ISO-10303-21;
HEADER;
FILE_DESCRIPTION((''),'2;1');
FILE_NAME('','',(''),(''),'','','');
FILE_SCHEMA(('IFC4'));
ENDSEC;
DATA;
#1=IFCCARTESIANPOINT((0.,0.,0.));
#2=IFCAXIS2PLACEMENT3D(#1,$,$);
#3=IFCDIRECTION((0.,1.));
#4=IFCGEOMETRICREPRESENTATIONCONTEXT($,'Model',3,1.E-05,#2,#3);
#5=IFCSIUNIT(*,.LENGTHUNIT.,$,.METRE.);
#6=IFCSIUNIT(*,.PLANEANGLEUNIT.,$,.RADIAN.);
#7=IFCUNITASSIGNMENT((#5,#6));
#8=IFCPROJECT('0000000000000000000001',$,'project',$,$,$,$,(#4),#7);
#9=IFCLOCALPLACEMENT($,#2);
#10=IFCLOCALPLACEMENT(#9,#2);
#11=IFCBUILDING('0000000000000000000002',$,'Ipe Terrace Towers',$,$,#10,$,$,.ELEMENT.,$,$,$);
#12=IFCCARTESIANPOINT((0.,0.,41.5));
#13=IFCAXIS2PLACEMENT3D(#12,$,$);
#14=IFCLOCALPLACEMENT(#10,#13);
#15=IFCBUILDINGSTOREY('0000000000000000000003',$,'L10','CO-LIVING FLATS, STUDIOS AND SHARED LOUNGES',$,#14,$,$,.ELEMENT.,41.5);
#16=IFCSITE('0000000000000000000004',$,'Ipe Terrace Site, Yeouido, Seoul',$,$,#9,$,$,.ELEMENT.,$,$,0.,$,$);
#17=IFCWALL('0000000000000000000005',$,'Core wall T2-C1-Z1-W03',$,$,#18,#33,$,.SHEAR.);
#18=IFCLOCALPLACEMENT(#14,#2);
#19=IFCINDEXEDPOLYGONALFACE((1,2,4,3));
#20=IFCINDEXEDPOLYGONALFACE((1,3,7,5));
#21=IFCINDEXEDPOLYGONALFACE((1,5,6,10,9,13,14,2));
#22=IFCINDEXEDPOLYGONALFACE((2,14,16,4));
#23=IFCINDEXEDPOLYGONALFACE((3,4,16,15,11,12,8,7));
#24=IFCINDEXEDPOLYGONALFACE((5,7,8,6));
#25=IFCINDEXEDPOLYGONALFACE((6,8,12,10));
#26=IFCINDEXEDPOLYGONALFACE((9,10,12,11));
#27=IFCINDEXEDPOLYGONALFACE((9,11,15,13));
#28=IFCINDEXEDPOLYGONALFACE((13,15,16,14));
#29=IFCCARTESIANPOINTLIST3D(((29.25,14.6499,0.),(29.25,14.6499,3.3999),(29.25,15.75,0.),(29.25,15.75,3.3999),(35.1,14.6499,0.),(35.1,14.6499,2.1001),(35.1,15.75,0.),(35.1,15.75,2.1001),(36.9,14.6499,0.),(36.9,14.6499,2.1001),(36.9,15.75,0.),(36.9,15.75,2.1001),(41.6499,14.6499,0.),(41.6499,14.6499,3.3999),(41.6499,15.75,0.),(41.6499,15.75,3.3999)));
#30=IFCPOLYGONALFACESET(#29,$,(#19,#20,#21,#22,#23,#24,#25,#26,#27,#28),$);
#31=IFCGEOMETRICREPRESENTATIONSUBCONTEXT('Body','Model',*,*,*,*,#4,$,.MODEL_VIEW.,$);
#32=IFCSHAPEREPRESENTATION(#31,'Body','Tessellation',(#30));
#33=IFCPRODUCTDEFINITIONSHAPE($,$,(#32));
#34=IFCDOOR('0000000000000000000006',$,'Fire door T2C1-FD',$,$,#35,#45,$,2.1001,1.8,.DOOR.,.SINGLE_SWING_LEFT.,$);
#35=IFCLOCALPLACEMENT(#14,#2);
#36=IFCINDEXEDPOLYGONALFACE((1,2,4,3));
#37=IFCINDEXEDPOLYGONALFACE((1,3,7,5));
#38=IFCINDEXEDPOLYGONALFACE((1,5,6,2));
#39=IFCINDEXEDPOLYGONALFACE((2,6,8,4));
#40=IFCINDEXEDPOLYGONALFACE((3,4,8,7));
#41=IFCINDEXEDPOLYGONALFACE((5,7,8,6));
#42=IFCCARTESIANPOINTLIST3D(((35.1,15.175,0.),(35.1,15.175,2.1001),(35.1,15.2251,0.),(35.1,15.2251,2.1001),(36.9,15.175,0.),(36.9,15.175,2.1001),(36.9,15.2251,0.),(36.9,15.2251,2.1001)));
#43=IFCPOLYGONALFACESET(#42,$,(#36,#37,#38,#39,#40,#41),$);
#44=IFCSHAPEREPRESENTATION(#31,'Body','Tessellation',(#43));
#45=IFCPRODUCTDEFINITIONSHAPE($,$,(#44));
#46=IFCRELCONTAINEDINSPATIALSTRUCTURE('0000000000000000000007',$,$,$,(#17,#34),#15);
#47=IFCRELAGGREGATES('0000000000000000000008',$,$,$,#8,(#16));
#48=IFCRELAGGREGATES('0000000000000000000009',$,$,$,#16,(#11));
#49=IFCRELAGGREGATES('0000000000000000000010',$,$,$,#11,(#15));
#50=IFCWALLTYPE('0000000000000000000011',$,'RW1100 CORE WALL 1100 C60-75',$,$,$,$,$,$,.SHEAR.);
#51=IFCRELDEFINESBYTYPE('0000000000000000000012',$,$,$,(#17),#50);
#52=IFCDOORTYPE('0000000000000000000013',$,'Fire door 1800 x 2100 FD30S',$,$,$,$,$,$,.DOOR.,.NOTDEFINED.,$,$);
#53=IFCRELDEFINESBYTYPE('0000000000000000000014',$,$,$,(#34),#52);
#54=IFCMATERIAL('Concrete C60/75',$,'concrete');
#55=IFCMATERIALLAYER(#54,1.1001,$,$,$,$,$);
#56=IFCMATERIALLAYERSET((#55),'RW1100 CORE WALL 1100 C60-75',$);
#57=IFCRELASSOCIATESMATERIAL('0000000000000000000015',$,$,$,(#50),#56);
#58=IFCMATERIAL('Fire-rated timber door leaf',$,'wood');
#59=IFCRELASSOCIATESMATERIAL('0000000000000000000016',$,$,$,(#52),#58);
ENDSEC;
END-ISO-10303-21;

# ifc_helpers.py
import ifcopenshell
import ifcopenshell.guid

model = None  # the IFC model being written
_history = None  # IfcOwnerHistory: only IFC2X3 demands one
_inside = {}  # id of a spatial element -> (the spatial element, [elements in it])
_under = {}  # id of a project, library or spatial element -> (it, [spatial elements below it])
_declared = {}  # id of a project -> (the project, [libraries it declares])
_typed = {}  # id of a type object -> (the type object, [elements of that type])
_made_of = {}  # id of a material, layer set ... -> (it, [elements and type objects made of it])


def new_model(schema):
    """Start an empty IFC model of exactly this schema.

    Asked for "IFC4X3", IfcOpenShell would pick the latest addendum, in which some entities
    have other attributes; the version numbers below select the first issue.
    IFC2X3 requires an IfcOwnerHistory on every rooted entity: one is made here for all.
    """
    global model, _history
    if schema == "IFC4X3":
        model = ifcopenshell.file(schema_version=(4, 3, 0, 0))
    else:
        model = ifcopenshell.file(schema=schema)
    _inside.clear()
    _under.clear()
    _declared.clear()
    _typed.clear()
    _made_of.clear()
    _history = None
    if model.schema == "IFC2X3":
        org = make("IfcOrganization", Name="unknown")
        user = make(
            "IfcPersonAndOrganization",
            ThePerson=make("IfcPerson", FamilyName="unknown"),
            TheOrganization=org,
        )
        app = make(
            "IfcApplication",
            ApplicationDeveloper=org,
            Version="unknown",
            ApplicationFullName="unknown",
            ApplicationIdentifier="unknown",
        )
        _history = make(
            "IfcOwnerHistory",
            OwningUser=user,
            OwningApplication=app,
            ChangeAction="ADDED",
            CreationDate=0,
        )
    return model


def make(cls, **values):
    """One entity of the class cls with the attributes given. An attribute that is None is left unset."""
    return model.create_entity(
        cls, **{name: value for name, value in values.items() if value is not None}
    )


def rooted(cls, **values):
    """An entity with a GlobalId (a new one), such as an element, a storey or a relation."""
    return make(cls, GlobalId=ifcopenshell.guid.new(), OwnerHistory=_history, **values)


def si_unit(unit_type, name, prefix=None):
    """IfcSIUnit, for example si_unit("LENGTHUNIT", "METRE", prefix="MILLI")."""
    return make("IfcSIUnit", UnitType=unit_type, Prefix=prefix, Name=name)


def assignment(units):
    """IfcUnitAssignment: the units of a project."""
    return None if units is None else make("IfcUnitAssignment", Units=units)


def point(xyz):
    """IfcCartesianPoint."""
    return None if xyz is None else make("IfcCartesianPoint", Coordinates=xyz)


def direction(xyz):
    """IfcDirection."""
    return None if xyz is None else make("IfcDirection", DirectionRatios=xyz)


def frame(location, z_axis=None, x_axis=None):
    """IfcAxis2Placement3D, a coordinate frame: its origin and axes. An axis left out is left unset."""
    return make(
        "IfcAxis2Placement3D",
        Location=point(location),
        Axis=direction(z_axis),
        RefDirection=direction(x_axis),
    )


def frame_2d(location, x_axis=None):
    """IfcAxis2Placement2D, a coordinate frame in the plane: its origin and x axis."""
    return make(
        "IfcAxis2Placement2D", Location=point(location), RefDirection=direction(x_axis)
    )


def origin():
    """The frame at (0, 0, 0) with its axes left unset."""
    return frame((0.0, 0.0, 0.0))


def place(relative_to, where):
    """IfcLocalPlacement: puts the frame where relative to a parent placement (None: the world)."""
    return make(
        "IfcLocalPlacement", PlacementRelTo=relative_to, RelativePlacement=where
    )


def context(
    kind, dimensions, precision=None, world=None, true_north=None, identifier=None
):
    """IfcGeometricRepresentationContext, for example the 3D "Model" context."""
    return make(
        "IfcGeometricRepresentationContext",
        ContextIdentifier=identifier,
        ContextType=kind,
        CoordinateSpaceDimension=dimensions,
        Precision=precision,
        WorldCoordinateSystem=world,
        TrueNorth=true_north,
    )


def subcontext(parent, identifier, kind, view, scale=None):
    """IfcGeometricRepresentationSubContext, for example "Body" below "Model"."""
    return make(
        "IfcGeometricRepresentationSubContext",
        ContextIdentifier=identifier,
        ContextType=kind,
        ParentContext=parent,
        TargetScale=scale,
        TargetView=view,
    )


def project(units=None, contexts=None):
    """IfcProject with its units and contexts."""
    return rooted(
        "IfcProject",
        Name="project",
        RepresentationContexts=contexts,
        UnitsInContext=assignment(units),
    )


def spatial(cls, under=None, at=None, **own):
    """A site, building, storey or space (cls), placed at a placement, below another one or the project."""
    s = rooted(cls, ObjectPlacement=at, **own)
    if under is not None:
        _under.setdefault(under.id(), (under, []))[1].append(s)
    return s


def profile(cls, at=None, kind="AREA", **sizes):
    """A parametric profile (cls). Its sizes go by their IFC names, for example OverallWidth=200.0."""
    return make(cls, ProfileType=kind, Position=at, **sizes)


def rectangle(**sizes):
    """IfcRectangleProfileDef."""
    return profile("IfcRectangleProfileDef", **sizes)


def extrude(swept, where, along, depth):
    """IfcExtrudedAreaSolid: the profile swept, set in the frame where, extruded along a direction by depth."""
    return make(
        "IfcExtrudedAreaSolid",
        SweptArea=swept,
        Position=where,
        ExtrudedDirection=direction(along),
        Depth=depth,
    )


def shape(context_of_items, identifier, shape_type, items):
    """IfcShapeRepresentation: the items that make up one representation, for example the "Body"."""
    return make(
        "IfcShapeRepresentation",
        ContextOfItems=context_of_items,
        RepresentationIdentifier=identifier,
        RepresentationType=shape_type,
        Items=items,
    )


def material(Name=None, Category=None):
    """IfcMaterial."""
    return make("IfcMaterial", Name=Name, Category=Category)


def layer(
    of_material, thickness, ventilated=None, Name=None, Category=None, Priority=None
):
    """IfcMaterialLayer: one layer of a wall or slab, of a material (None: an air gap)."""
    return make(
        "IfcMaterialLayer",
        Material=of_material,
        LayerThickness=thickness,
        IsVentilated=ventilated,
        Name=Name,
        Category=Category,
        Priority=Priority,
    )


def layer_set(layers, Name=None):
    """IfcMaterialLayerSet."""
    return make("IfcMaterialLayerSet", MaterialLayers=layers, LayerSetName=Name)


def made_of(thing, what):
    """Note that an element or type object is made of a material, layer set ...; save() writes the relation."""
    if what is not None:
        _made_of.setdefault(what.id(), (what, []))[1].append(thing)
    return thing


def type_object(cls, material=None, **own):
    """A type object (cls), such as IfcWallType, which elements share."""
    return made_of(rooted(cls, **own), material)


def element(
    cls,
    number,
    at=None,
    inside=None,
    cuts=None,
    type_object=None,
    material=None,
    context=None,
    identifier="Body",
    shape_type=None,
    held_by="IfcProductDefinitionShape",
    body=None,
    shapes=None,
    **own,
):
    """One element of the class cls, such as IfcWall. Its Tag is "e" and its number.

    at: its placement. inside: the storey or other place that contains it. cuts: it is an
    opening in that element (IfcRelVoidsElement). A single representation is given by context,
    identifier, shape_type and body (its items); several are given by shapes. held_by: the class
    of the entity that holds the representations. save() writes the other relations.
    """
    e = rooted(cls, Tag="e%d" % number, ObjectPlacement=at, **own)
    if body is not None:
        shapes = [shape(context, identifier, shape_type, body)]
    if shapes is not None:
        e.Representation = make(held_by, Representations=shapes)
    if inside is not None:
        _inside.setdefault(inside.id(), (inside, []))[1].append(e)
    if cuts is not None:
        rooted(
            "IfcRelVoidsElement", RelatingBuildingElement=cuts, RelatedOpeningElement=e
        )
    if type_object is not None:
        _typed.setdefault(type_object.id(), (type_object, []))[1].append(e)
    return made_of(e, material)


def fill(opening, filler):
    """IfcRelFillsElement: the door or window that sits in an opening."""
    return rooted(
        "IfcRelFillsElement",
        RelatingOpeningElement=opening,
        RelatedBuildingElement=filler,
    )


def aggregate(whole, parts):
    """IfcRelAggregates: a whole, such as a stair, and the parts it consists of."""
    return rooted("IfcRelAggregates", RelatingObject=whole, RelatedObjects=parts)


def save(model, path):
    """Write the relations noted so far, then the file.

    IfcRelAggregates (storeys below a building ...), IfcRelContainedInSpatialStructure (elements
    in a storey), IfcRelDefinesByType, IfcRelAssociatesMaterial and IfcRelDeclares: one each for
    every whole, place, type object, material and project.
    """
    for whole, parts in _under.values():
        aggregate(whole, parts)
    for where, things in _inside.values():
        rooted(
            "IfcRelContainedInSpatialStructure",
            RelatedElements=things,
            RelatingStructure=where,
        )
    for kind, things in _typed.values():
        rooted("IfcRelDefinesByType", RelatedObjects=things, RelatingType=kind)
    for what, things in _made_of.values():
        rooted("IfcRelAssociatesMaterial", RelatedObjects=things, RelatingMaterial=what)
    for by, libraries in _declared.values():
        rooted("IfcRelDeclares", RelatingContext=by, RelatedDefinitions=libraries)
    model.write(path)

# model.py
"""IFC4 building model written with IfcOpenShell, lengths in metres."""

from ifc_helpers import new_model, si_unit, direction, frame, frame_2d, origin, place, context, subcontext, project, spatial, rectangle, extrude, material, layer, layer_set, type_object, element, fill, save


model = new_model("IFC4")

# Units and contexts
model_context = context("Model", 3, precision=1e-05, world=origin(), true_north=direction((0.0, 1.0)))
body_context = subcontext(model_context, "Body", "Model", "MODEL_VIEW")
ifc_project = project(units=[si_unit("LENGTHUNIT", "METRE"), si_unit("PLANEANGLEUNIT", "RADIAN")], contexts=[model_context])

# Site, building, storey
site_placement = place(None, origin())
site = spatial("IfcSite", under=ifc_project, at=site_placement, Name="Ipe Terrace Site, Yeouido, Seoul", CompositionType="ELEMENT", RefElevation=0.0)
building_placement = place(site_placement, origin())
building = spatial("IfcBuilding", under=site, at=building_placement, Name="Ipe Terrace Towers", CompositionType="ELEMENT")
storey_placement = place(building_placement, frame((0.0, 0.0, 41.5)))
storey = spatial("IfcBuildingStorey", under=building, at=storey_placement, Name="L10", Description="CO-LIVING FLATS, STUDIOS AND SHARED LOUNGES", CompositionType="ELEMENT", Elevation=41.5)

# Shared definitions
ifc_material_1 = material(Name="Concrete C60/75", Category="concrete")
ifc_layer_1 = layer(ifc_material_1, 1.1001)
ifc_layer_set_1 = layer_set([ifc_layer_1], Name="RW1100 CORE WALL 1100 C60-75")
wall_type_1 = type_object("IfcWallType", Name="RW1100 CORE WALL 1100 C60-75", PredefinedType="SHEAR", material=ifc_layer_set_1)

# Wall, opening, door
wall_1_placement = place(storey_placement, frame((41.6499, 15.2, 0.0), z_axis=(0.0, 0.0, 1.0), x_axis=(-1.0, 0.0, 0.0)))
wall_1 = element("IfcWall", 1, at=wall_1_placement, inside=storey, type_object=wall_type_1, Name="Core wall T2-C1-Z1-W03", PredefinedType="SHEAR", context=body_context, shape_type="SweptSolid", body=[
    extrude(rectangle(XDim=12.3999, YDim=1.1001, at=frame_2d((6.2, 0.0))), origin(), (0.0, 0.0, 1.0), 3.3999),
])
opening_1_placement = place(wall_1_placement, frame((4.75, 0.0, 0.0)))
opening_1 = element("IfcOpeningElement", 2, at=opening_1_placement, cuts=wall_1, PredefinedType="OPENING", context=body_context, shape_type="SweptSolid", body=[
    extrude(rectangle(XDim=1.8, YDim=2.1001, at=frame_2d((0.8999, 1.05))), frame((0.0, 0.5601, 0.0), z_axis=(0.0, -1.0, 0.0), x_axis=(1.0, 0.0, 0.0)), (0.0, 0.0, 1.0), 1.1201),
])
ifc_material_2 = material(Name="Fire-rated timber door leaf", Category="wood")
door_type_1 = type_object("IfcDoorType", Name="Fire door 1800 x 2100 FD30S", OperationType="NOTDEFINED", PredefinedType="DOOR", material=ifc_material_2)
door_1_placement = place(opening_1_placement, origin())
door_1 = element("IfcDoor", 3, at=door_1_placement, inside=storey, type_object=door_type_1, Name="Fire door T2C1-FD", OperationType="SINGLE_SWING_LEFT", OverallHeight=2.1001, OverallWidth=1.8, PredefinedType="DOOR", context=body_context, shape_type="SweptSolid", body=[
    extrude(rectangle(XDim=1.8, YDim=2.1001, at=frame_2d((0.8999, 1.05))), frame((0.0, 0.0249, 0.0), z_axis=(0.0, -1.0, 0.0), x_axis=(1.0, 0.0, 0.0)), (0.0, 0.0, 1.0), 0.05),
])
fill(opening_1, door_1)

save(model, "model.ifc")
